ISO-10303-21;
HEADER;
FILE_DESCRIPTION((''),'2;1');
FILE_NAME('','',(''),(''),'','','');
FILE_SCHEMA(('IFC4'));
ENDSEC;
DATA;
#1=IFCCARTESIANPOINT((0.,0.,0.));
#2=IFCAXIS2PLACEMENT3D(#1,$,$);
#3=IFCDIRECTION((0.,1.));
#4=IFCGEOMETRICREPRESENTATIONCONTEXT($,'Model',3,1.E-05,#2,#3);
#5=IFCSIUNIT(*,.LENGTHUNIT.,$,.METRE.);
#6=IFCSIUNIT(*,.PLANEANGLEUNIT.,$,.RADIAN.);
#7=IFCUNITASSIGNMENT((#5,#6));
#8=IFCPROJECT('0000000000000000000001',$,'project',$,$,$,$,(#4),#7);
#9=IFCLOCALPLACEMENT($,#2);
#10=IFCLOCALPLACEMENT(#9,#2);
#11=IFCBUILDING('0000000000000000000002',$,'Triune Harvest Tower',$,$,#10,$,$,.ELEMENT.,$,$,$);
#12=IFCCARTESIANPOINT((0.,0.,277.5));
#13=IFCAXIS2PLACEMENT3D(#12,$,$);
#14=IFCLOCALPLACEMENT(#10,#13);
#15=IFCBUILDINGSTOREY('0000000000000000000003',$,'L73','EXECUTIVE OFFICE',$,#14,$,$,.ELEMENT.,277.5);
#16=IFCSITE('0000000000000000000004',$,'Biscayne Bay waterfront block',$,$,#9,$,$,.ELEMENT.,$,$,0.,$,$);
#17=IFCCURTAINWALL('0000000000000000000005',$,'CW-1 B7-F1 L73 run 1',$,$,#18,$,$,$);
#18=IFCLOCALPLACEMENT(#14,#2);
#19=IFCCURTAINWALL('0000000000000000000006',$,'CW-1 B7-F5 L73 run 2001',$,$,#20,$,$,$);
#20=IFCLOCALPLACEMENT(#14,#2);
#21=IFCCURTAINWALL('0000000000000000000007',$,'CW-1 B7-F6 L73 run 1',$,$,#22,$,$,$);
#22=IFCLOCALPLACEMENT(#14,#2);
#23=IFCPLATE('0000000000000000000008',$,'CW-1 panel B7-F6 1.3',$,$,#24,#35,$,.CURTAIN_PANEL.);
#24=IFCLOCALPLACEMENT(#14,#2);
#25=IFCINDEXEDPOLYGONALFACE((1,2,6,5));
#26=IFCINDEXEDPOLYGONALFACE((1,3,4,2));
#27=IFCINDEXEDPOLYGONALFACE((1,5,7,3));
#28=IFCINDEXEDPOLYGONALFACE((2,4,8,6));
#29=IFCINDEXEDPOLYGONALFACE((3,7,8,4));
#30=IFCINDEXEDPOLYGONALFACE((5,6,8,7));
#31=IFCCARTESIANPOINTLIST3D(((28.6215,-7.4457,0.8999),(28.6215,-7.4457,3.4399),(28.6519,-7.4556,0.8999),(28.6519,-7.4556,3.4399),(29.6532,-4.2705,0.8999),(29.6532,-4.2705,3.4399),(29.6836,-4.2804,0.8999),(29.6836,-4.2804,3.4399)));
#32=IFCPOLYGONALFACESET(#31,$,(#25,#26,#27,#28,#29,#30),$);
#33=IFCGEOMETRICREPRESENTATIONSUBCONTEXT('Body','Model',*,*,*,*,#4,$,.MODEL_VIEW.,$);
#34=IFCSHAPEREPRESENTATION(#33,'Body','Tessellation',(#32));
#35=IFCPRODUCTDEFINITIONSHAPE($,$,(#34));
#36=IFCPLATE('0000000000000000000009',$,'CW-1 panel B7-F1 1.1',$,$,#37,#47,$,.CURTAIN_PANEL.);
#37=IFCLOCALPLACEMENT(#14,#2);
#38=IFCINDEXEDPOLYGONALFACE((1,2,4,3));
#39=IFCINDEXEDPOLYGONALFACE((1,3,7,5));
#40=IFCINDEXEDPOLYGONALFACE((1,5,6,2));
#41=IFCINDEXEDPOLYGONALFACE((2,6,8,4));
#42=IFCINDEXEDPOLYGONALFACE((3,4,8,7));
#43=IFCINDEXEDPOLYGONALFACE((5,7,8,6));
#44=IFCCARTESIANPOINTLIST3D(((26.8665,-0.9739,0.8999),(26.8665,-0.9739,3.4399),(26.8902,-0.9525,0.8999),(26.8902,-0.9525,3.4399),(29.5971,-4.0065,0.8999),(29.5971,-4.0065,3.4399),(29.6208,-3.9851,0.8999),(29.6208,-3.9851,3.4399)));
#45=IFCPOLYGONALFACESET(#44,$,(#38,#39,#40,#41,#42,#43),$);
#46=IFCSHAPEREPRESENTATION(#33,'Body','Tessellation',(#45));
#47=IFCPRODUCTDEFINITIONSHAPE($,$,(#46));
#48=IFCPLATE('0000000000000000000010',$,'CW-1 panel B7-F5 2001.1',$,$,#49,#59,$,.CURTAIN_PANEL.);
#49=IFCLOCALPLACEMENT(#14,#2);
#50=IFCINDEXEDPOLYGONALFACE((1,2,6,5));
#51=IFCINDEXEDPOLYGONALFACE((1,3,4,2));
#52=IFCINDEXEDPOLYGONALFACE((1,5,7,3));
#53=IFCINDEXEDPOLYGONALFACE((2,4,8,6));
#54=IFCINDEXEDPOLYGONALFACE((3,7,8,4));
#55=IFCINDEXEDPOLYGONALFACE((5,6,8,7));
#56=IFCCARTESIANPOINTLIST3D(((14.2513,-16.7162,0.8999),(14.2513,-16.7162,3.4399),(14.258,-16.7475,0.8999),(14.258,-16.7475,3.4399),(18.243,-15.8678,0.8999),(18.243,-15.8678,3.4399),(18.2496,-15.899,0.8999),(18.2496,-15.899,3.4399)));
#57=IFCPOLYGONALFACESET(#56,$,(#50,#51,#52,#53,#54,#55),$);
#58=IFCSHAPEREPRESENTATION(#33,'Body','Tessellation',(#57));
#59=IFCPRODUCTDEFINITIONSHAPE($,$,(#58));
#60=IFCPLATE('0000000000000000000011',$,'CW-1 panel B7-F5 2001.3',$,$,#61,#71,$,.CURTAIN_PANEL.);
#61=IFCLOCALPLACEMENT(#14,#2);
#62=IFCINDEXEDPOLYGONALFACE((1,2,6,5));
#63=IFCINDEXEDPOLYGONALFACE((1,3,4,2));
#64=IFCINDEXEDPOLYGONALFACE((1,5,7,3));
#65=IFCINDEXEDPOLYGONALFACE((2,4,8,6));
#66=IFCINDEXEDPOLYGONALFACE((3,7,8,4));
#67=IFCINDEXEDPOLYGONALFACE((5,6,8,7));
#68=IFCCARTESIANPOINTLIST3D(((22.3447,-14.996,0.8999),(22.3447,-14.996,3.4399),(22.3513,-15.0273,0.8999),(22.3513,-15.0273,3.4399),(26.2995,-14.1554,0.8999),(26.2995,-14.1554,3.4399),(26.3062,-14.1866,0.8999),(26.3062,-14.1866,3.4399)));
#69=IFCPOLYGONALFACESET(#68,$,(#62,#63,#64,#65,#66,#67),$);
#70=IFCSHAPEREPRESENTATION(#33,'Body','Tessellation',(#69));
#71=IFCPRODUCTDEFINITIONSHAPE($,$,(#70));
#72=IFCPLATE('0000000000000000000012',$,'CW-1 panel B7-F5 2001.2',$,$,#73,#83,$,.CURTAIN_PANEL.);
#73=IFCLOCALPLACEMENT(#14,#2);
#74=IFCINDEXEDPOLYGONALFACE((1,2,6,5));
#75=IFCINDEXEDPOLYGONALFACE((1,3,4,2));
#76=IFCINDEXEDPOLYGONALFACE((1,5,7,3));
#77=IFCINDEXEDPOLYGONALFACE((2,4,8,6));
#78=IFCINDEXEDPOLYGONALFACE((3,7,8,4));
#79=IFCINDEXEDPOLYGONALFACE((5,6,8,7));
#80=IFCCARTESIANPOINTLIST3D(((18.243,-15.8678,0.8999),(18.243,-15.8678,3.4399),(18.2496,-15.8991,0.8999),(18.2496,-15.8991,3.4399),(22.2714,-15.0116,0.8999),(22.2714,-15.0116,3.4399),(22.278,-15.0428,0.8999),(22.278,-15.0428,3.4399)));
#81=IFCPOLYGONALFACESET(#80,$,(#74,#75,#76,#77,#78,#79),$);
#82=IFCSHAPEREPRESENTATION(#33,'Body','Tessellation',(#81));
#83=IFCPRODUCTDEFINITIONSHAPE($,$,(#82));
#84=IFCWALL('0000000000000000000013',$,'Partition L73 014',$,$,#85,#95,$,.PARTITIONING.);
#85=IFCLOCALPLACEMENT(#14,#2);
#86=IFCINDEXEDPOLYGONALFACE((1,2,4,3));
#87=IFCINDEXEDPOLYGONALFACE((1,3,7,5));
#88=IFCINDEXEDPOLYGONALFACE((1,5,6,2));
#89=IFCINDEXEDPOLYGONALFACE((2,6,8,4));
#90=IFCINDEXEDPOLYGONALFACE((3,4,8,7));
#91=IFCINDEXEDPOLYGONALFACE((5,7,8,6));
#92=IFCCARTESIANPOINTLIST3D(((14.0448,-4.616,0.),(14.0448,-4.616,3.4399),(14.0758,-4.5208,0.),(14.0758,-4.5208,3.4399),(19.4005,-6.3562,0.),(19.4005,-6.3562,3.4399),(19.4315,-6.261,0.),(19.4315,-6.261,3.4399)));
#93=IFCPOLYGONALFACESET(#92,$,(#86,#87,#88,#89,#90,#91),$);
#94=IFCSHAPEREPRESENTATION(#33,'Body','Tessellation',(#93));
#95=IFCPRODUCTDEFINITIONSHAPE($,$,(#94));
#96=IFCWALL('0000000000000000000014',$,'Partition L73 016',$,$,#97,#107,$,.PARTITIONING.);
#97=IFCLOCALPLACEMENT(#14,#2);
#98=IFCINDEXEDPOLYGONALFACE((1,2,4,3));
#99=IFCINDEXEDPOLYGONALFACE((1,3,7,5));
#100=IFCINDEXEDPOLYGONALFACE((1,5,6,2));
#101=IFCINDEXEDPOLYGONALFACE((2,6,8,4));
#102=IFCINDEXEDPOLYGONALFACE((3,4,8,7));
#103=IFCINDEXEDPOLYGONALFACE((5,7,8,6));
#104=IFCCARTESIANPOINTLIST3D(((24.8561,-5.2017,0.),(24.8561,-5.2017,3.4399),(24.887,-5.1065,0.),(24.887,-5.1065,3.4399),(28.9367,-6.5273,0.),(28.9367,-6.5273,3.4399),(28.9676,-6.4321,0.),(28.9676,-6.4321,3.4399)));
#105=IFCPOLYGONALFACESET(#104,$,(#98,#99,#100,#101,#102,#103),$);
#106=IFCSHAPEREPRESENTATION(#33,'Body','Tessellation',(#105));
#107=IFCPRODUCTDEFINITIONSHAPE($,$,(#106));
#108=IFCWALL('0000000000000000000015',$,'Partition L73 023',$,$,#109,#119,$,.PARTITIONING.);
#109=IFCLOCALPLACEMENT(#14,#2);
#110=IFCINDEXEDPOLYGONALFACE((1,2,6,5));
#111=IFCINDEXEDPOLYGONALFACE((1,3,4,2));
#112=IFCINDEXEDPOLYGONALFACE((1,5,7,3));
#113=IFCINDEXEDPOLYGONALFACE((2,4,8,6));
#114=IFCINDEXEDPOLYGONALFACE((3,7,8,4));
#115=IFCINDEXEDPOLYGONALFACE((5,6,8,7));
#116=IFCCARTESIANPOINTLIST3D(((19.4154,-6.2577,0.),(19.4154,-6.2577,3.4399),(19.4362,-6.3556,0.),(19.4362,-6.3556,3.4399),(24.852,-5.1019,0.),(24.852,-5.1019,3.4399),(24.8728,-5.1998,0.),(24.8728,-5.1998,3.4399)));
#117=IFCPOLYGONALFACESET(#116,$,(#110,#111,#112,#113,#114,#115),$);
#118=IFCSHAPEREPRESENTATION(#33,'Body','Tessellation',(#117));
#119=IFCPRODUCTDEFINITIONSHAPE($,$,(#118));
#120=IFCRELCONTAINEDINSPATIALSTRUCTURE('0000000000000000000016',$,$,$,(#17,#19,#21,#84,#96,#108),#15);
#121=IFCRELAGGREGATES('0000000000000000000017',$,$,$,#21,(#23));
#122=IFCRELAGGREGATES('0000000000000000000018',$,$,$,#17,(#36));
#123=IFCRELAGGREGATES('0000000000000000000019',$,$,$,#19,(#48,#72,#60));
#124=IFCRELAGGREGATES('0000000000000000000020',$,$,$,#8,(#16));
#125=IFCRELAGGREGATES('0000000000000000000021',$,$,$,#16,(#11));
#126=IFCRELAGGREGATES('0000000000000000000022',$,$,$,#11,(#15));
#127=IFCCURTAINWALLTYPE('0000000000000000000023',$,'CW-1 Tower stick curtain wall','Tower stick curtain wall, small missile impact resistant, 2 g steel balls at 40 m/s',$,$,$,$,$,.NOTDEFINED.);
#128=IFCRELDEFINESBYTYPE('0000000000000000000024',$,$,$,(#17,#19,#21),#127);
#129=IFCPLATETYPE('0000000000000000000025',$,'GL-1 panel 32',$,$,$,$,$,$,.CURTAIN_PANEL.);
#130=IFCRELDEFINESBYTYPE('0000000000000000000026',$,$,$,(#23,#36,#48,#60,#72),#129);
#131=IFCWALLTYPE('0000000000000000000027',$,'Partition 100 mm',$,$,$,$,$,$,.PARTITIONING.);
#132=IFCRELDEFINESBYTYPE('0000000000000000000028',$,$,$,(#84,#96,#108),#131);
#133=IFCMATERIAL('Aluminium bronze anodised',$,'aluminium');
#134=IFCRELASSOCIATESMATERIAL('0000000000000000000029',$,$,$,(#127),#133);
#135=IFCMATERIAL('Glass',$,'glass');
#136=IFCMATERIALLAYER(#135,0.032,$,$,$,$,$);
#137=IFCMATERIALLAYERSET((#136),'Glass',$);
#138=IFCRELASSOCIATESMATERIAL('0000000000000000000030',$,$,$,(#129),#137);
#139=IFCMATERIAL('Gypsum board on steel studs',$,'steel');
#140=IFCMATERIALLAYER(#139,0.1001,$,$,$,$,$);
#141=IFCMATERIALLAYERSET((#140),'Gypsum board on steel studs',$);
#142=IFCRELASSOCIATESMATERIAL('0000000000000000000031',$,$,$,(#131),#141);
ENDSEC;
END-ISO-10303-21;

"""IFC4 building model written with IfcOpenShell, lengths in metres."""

from ifc_helpers import new_model, si_unit, direction, frame, frame_2d, origin, origin_2d, place, context, subcontext, project, spatial, rectangle, extrude, source, transform, mapped, material, layer, layer_set, type_object, element, aggregate, save


model = new_model("IFC4")

# Units and contexts
model_context = context("Model", 3, precision=1e-05, world=origin(), true_north=direction((0.0, 1.0)))
body_context = subcontext(model_context, "Body", "Model", "MODEL_VIEW")
ifc_project = project(units=[si_unit("LENGTHUNIT", "METRE"), si_unit("PLANEANGLEUNIT", "RADIAN")], contexts=[model_context])

# Site, building, storey
site_placement = place(None, origin())
site = spatial("IfcSite", under=ifc_project, at=site_placement, Name="Biscayne Bay waterfront block", CompositionType="ELEMENT", RefElevation=0.0)
building_placement = place(site_placement, origin())
building = spatial("IfcBuilding", under=site, at=building_placement, Name="Triune Harvest Tower", CompositionType="ELEMENT")
storey_placement = place(building_placement, frame((0.0, 0.0, 277.5)))
storey = spatial("IfcBuildingStorey", under=building, at=storey_placement, Name="L73", Description="EXECUTIVE OFFICE", CompositionType="ELEMENT", Elevation=277.5)

# Curtain wall
ifc_material_1 = material(Name="Aluminium bronze anodised", Category="aluminium")
curtain_wall_type_1 = type_object("IfcCurtainWallType", Name="CW-1 Tower stick curtain wall", Description="Tower stick curtain wall, small missile impact resistant, 2 g steel balls at 40 m/s", PredefinedType="NOTDEFINED", material=ifc_material_1)
curtain_wall_1_placement = place(storey_placement, origin())
curtain_wall_1 = element("IfcCurtainWall", 1, at=curtain_wall_1_placement, inside=storey, type_object=curtain_wall_type_1, Name="CW-1 B7-F1 L73 run 1")

# Curtain walls
curtain_wall_2_placement = place(storey_placement, origin())
curtain_wall_2 = element("IfcCurtainWall", 2, at=curtain_wall_2_placement, inside=storey, type_object=curtain_wall_type_1, Name="CW-1 B7-F5 L73 run 2001")
curtain_wall_3_placement = place(storey_placement, origin())
curtain_wall_3 = element("IfcCurtainWall", 3, at=curtain_wall_3_placement, inside=storey, type_object=curtain_wall_type_1, Name="CW-1 B7-F6 L73 run 1")

# Plates
ifc_material_2 = material(Name="Glass", Category="glass")
ifc_layer_1 = layer(ifc_material_2, 0.032)
ifc_layer_set_1 = layer_set([ifc_layer_1], Name="Glass")
plate_type = type_object("IfcPlateType", Name="GL-1 panel 32", PredefinedType="CURTAIN_PANEL", material=ifc_layer_set_1)
shared_shape_1 = source(origin(), body_context, "Body", "SweptSolid", [
    extrude(rectangle(XDim=3.3386, YDim=0.032, at=origin_2d()), origin(), (0.0, 0.0, 1.0), 2.54),
])
plate_1_placement = place(storey_placement, frame((29.1526, -5.863, 0.8999), z_axis=(0.0, 0.0, 1.0), x_axis=(0.309019, 0.951056, 0.0)))
plate_1 = element("IfcPlate", 4, at=plate_1_placement, type_object=plate_type, Name="CW-1 panel B7-F6 1.3", PredefinedType="CURTAIN_PANEL", context=body_context, shape_type="MappedRepresentation", body=[
    mapped(shared_shape_1, transform((0.0, 0.0, 0.0), scale=1.0)),
])
aggregate(curtain_wall_3, [plate_1])
shared_shape_2 = source(origin(), body_context, "Body", "SweptSolid", [
    extrude(rectangle(XDim=4.0808, YDim=0.032, at=origin_2d()), origin(), (0.0, 0.0, 1.0), 2.54),
])
plate_2_placement = place(storey_placement, frame((28.2437, -2.4795, 0.8999), z_axis=(0.0, 0.0, 1.0), x_axis=(-0.669131, 0.743144, 0.0)))
plate_2 = element("IfcPlate", 5, at=plate_2_placement, type_object=plate_type, Name="CW-1 panel B7-F1 1.1", PredefinedType="CURTAIN_PANEL", context=body_context, shape_type="MappedRepresentation", body=[
    mapped(shared_shape_2, transform((0.0, 0.0, 0.0), scale=1.0)),
])
aggregate(curtain_wall_1, [plate_2])
plate_3_placement = place(storey_placement, frame((16.2505, -16.3076, 0.8999), z_axis=(0.0, 0.0, 1.0), x_axis=(0.978148, 0.207909, 0.0)))
plate_3 = element("IfcPlate", 6, at=plate_3_placement, type_object=plate_type, Name="CW-1 panel B7-F5 2001.1", PredefinedType="CURTAIN_PANEL", context=body_context, shape_type="MappedRepresentation", body=[
    mapped(shared_shape_2, transform((0.0, 0.0, 0.0), scale=1.0)),
])
shared_shape_3 = source(origin(), body_context, "Body", "SweptSolid", [
    extrude(rectangle(XDim=4.0432, YDim=0.032, at=origin_2d()), origin(), (0.0, 0.0, 1.0), 2.54),
])
plate_4_placement = place(storey_placement, frame((24.3254, -14.5913, 0.8999), z_axis=(0.0, 0.0, 1.0), x_axis=(0.978148, 0.207909, 0.0)))
plate_4 = element("IfcPlate", 7, at=plate_4_placement, type_object=plate_type, Name="CW-1 panel B7-F5 2001.3", PredefinedType="CURTAIN_PANEL", context=body_context, shape_type="MappedRepresentation", body=[
    mapped(shared_shape_3, transform((0.0, 0.0, 0.0), scale=1.0)),
])
shared_shape_4 = source(origin(), body_context, "Body", "SweptSolid", [
    extrude(rectangle(XDim=4.1184, YDim=0.032, at=origin_2d()), origin(), (0.0, 0.0, 1.0), 2.54),
])
plate_5_placement = place(storey_placement, frame((20.2605, -15.4553, 0.8999), z_axis=(0.0, 0.0, 1.0), x_axis=(0.978148, 0.207909, 0.0)))
plate_5 = element("IfcPlate", 8, at=plate_5_placement, type_object=plate_type, Name="CW-1 panel B7-F5 2001.2", PredefinedType="CURTAIN_PANEL", context=body_context, shape_type="MappedRepresentation", body=[
    mapped(shared_shape_4, transform((0.0, 0.0, 0.0), scale=1.0)),
])
aggregate(curtain_wall_2, [plate_3, plate_5, plate_4])

# Walls
ifc_material_3 = material(Name="Gypsum board on steel studs", Category="steel")
ifc_layer_2 = layer(ifc_material_3, 0.1001)
ifc_layer_set_2 = layer_set([ifc_layer_2], Name="Gypsum board on steel studs")
wall_type = type_object("IfcWallType", Name="Partition 100 mm", PredefinedType="PARTITIONING", material=ifc_layer_set_2)
wall_1_placement = place(storey_placement, frame((14.0603, -4.5684, 0.0), z_axis=(0.0, 0.0, 1.0), x_axis=(0.951054, -0.309026, 0.0)))
element("IfcWall", 9, at=wall_1_placement, inside=storey, type_object=wall_type, Name="Partition L73 014", PredefinedType="PARTITIONING", context=body_context, shape_type="SweptSolid", body=[
    extrude(rectangle(XDim=5.6313, YDim=0.1001, at=frame_2d((2.8157, 0.0))), origin(), (0.0, 0.0, 1.0), 3.4399),
])
wall_2_placement = place(storey_placement, frame((24.8716, -5.1541, 0.0), z_axis=(0.0, 0.0, 1.0), x_axis=(0.951068, -0.308981, 0.0)))
element("IfcWall", 10, at=wall_2_placement, inside=storey, type_object=wall_type, Name="Partition L73 016", PredefinedType="PARTITIONING", context=body_context, shape_type="SweptSolid", body=[
    extrude(rectangle(XDim=4.2905, YDim=0.1001, at=frame_2d((2.1453, 0.0))), origin(), (0.0, 0.0, 1.0), 3.4399),
])
shared_shape_5 = source(origin(), body_context, "Body", "SweptSolid", [
    extrude(rectangle(XDim=5.5581, YDim=0.1001, at=frame_2d((2.7791, 0.0))), origin(), (0.0, 0.0, 1.0), 3.4399),
])
wall_3_placement = place(storey_placement, frame((19.4258, -6.3066, 0.0), z_axis=(0.0, 0.0, 1.0), x_axis=(0.978141, 0.207945, 0.0)))
element("IfcWall", 11, at=wall_3_placement, inside=storey, type_object=wall_type, Name="Partition L73 023", PredefinedType="PARTITIONING", context=body_context, shape_type="MappedRepresentation", body=[
    mapped(shared_shape_5, transform((0.0, 0.0, 0.0), scale=1.0)),
])

save(model, "model.ifc")
